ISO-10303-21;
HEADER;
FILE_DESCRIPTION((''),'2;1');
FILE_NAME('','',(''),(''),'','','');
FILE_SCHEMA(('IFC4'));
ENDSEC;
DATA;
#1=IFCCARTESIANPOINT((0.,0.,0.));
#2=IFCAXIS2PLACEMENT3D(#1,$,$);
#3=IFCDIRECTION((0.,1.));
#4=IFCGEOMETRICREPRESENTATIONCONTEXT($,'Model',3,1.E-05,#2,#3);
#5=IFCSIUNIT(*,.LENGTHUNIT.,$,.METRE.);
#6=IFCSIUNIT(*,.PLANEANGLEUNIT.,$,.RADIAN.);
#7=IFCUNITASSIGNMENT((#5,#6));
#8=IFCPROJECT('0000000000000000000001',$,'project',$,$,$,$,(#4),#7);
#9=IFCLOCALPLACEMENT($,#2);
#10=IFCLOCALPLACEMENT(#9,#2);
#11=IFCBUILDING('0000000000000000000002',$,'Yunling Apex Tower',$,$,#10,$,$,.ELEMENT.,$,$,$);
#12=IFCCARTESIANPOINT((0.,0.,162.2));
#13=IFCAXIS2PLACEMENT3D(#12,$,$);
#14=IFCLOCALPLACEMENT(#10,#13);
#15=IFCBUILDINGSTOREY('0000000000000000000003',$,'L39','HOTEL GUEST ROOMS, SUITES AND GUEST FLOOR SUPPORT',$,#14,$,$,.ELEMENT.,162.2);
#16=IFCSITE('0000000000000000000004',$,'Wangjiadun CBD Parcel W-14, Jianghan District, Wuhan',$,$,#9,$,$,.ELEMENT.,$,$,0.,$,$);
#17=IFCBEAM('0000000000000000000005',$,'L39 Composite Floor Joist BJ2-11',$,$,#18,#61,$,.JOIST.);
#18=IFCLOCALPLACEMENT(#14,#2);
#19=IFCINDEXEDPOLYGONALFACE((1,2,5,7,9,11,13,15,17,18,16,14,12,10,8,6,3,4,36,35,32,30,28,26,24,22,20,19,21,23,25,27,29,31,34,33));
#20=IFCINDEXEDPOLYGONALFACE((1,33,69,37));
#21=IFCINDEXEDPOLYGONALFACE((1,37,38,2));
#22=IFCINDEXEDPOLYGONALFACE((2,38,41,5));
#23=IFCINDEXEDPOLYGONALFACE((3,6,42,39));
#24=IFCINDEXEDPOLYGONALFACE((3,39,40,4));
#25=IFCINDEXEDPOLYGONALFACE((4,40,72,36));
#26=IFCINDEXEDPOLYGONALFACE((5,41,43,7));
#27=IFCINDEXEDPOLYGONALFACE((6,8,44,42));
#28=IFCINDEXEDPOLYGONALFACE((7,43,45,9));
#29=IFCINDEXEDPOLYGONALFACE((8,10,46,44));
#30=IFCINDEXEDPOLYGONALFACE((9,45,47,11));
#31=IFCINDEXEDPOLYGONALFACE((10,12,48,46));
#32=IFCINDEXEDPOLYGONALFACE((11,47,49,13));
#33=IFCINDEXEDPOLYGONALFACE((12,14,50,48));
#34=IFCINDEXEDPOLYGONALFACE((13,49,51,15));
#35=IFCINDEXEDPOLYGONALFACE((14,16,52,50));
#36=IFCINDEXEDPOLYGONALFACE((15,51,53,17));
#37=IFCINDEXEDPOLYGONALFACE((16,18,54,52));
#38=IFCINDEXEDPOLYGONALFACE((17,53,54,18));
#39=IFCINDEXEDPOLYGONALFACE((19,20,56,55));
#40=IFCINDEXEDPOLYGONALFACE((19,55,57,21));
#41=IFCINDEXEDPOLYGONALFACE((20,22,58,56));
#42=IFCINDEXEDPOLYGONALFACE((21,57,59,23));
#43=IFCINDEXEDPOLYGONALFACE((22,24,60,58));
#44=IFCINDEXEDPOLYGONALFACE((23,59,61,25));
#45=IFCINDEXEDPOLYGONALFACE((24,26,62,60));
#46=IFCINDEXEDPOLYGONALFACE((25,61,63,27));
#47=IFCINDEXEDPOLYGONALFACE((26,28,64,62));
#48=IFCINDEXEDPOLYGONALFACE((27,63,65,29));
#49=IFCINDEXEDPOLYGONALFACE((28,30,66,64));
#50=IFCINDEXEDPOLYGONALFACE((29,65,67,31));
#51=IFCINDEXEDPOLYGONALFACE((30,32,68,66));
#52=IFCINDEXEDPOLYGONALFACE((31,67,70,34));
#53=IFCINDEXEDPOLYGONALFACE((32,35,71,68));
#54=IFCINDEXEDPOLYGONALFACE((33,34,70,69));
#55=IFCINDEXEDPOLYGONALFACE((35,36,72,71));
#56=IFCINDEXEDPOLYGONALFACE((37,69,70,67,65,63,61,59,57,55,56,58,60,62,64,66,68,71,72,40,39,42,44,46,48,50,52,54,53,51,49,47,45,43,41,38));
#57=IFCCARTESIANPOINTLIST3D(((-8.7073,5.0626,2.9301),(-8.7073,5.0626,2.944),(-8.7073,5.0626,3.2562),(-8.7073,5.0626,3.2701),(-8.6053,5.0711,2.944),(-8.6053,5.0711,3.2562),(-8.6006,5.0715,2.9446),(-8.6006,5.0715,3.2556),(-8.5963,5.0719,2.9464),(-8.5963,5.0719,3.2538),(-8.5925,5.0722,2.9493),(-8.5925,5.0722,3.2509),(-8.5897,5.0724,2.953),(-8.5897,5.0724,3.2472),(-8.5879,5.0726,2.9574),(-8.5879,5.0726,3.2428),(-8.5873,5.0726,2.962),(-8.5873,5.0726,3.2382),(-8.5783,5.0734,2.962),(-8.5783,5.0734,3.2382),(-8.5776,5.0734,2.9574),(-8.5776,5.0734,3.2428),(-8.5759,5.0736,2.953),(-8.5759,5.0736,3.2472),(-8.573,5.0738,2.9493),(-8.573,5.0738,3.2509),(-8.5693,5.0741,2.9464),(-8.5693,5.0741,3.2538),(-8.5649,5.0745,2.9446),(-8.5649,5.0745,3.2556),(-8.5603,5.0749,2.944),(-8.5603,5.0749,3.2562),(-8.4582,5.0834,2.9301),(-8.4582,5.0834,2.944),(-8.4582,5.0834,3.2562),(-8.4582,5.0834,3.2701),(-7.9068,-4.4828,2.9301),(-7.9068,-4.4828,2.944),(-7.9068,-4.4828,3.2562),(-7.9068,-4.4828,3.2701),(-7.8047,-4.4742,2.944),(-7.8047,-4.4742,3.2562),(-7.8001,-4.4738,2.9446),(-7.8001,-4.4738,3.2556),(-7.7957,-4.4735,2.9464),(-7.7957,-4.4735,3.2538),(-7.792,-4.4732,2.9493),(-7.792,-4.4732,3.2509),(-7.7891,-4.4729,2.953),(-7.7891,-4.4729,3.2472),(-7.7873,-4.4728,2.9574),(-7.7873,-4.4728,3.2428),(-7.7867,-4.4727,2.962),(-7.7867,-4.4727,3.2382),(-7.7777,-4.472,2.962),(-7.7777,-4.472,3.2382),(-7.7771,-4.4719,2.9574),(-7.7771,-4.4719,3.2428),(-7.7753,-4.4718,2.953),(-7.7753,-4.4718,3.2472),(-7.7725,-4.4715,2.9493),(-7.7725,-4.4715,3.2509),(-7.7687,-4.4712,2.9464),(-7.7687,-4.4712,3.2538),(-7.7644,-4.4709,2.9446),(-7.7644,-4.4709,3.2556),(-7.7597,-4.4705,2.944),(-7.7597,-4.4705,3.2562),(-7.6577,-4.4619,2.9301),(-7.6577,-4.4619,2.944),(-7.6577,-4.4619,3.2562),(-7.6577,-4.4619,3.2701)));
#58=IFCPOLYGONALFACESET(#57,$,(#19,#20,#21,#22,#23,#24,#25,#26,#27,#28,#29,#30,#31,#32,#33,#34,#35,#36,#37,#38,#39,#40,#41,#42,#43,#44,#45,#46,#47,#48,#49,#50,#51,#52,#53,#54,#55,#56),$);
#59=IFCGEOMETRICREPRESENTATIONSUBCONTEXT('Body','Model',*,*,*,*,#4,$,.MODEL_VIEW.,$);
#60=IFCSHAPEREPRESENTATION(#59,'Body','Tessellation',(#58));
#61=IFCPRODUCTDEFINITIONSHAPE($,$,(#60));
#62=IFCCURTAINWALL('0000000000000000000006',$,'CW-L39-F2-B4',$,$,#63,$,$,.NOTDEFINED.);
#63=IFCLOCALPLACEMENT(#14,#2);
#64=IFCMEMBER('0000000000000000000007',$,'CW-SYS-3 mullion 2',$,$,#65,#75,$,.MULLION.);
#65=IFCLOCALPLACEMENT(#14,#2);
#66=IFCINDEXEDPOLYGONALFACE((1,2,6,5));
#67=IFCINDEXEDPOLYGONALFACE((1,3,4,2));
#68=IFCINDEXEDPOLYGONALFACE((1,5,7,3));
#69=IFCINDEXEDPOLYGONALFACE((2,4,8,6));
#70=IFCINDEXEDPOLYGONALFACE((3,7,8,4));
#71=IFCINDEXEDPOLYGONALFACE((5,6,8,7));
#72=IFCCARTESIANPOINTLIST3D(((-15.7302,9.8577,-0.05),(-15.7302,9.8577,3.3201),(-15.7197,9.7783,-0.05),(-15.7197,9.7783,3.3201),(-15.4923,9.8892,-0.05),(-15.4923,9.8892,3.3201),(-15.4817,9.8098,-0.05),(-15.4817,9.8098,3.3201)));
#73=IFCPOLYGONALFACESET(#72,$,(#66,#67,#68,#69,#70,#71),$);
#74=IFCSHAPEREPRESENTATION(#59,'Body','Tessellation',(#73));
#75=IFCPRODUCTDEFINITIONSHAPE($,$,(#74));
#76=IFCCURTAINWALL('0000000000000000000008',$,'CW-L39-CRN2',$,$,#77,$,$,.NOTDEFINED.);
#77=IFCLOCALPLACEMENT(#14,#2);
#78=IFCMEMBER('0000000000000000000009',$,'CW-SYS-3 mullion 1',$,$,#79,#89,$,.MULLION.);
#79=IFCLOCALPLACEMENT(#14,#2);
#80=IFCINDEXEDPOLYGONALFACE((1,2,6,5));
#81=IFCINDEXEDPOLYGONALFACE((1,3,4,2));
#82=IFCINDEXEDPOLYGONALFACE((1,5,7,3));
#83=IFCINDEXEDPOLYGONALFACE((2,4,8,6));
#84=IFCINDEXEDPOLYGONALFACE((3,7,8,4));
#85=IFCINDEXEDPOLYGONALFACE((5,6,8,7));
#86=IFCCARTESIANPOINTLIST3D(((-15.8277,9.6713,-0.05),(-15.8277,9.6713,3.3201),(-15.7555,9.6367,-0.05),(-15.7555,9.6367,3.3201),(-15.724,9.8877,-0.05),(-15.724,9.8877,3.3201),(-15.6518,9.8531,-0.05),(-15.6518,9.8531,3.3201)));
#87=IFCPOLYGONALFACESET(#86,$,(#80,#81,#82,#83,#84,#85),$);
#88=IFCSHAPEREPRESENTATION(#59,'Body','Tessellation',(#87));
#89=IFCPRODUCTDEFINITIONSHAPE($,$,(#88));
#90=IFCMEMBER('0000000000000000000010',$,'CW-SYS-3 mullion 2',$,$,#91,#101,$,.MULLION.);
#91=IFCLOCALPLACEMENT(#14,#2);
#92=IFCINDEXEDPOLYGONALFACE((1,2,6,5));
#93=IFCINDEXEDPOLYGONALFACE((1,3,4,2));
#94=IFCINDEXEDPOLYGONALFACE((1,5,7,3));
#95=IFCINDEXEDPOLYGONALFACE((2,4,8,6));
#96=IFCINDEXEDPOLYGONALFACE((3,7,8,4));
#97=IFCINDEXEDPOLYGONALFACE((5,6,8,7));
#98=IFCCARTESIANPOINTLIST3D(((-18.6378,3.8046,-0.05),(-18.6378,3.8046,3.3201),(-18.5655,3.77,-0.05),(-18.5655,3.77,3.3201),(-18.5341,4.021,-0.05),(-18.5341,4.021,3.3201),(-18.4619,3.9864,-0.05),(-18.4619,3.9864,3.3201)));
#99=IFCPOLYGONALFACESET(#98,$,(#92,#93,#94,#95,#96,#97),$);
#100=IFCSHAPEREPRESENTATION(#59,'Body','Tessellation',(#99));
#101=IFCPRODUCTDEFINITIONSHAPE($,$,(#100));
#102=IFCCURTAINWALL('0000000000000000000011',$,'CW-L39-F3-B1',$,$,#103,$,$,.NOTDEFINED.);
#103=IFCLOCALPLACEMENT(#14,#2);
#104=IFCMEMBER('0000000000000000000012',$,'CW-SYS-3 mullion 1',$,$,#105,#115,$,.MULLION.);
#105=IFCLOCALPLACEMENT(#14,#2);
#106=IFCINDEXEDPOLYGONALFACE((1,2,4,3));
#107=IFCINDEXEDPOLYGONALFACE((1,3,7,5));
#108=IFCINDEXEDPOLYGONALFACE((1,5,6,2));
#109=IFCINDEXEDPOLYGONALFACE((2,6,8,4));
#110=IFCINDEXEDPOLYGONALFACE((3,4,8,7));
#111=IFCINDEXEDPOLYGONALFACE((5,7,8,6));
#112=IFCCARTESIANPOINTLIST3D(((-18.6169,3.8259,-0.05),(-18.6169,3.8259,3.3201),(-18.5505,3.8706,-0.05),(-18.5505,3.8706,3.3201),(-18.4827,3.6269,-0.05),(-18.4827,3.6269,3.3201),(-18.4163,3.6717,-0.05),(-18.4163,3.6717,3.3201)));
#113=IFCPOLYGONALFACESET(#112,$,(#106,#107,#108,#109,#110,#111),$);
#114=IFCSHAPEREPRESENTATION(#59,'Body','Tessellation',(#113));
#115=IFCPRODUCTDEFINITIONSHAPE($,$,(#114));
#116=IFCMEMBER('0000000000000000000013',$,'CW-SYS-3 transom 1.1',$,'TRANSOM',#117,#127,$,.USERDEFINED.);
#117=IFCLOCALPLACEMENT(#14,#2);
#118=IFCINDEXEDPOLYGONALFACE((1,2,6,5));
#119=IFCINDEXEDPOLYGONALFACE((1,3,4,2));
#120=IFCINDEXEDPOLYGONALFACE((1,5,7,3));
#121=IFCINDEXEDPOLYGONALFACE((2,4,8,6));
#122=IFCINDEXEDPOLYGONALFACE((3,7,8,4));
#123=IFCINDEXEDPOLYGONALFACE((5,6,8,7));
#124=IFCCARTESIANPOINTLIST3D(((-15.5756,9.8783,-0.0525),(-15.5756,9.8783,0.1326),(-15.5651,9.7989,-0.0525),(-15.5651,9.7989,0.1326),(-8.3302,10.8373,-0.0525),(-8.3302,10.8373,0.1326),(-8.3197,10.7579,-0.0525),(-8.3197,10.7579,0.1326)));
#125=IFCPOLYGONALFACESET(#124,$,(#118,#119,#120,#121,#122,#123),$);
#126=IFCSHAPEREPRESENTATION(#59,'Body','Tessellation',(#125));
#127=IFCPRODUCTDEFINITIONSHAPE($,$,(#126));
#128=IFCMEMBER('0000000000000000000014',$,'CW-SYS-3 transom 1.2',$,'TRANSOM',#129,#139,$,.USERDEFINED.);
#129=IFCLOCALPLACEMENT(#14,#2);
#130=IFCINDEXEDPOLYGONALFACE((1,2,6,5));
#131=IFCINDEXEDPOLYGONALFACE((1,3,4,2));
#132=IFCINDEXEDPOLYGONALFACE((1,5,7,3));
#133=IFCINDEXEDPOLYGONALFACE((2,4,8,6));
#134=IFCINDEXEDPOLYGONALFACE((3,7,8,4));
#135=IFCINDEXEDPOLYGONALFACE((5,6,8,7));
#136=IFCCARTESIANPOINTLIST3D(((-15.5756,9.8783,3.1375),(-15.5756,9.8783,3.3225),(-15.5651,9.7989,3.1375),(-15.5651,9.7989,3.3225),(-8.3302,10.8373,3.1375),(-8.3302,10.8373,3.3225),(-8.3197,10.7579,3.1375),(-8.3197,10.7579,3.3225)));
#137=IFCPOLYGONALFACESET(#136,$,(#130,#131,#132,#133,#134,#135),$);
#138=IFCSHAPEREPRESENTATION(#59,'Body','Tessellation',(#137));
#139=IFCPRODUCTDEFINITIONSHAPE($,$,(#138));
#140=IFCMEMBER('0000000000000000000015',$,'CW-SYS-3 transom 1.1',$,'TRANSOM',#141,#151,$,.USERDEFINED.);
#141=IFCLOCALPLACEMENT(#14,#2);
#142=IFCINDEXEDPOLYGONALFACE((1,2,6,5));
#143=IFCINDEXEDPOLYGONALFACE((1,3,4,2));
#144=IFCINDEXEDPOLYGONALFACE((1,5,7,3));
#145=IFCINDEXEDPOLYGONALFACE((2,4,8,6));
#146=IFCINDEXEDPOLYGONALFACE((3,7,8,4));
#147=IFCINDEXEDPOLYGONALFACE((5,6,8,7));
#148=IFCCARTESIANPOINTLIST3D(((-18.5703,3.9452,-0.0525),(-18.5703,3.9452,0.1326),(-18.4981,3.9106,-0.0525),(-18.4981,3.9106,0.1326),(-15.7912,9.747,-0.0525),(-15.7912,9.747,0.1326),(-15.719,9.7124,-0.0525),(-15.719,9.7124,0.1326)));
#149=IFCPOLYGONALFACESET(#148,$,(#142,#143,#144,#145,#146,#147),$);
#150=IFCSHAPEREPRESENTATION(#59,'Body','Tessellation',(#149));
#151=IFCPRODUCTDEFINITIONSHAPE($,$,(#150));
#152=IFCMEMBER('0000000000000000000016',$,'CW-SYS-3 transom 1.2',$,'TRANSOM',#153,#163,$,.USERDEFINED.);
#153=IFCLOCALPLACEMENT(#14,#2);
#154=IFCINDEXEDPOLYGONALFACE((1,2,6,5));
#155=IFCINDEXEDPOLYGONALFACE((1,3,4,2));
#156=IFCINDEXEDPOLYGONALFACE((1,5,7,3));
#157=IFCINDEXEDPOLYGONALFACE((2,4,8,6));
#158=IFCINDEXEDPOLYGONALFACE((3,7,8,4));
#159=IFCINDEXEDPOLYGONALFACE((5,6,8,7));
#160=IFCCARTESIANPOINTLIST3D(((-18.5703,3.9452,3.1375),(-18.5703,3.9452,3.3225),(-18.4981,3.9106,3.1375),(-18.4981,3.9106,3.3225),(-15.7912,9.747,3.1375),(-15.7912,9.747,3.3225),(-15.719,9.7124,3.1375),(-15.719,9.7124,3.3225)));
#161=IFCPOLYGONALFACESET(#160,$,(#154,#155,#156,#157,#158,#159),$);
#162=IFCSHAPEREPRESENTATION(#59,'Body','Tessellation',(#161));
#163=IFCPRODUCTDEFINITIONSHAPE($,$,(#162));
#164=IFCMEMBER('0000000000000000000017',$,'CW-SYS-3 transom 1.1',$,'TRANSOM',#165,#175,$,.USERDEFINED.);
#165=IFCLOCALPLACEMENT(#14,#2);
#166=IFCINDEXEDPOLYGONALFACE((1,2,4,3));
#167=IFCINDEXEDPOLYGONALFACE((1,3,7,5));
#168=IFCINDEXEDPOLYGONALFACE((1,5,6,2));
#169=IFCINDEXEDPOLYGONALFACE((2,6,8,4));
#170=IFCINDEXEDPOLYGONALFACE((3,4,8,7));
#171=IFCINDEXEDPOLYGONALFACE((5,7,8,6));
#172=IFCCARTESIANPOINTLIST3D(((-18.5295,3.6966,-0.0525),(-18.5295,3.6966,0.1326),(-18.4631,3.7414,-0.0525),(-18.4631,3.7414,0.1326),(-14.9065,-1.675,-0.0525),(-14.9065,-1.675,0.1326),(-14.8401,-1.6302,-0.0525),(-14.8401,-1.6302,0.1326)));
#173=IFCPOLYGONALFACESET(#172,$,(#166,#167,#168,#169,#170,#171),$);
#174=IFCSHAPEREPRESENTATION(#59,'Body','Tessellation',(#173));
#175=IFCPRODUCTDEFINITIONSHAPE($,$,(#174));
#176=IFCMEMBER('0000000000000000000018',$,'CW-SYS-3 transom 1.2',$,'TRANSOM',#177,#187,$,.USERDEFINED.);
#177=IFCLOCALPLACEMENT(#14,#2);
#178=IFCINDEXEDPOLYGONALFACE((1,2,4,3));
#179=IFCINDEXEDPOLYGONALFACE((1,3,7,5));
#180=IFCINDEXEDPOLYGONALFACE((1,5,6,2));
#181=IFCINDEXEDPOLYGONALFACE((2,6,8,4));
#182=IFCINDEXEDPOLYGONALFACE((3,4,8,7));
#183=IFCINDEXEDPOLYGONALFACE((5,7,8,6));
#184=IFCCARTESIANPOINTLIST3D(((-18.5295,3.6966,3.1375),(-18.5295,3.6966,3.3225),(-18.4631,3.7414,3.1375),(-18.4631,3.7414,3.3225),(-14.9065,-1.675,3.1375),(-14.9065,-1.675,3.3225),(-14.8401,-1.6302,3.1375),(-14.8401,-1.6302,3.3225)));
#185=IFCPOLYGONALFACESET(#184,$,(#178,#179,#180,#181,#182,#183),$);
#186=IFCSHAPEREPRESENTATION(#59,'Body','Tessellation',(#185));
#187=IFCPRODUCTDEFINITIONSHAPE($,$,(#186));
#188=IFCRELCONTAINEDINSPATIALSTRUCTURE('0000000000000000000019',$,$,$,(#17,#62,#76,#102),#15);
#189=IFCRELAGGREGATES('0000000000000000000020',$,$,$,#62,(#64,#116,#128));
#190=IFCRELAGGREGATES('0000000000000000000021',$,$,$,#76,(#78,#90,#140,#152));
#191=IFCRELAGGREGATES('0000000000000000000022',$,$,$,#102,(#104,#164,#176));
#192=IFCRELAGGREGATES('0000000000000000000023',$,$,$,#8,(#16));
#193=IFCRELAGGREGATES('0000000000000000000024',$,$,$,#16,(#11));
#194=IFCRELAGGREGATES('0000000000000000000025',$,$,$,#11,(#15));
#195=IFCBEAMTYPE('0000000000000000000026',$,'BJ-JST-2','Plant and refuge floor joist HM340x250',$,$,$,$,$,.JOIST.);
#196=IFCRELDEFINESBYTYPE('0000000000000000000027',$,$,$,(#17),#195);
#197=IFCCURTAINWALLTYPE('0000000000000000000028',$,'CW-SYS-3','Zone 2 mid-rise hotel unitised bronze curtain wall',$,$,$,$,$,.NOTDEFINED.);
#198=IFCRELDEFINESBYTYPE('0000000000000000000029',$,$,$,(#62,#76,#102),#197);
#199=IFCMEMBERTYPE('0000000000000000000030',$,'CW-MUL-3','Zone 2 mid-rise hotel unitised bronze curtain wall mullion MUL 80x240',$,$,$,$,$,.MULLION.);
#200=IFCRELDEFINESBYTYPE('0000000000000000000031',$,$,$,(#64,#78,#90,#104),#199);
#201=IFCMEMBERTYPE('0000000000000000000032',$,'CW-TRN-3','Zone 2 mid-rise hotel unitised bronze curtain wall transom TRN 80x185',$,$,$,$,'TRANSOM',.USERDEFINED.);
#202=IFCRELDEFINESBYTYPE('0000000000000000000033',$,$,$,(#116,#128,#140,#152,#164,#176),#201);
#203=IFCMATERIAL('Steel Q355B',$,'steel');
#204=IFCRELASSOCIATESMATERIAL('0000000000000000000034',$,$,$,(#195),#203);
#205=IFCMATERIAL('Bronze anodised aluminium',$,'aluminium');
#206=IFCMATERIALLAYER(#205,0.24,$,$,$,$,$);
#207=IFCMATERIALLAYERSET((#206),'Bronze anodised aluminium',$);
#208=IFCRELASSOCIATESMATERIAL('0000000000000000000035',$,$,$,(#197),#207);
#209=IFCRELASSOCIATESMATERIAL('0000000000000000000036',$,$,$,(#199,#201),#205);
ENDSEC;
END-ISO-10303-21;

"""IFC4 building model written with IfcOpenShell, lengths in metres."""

from ifc_helpers import new_model, si_unit, direction, frame, origin, origin_2d, place, context, subcontext, project, spatial, rectangle, i_section, extrude, source, transform, mapped, material, layer, layer_set, material_profile, profile_set, type_object, element, aggregate, save


model = new_model("IFC4")

# Units and contexts
model_context = context("Model", 3, precision=1e-05, world=origin(), true_north=direction((0.0, 1.0)))
body_context = subcontext(model_context, "Body", "Model", "MODEL_VIEW")
ifc_project = project(units=[si_unit("LENGTHUNIT", "METRE"), si_unit("PLANEANGLEUNIT", "RADIAN")], contexts=[model_context])

# Site, building, storey
site_placement = place(None, origin())
site = spatial("IfcSite", under=ifc_project, at=site_placement, Name="Wangjiadun CBD Parcel W-14, Jianghan District, Wuhan", CompositionType="ELEMENT", RefElevation=0.0)
building_placement = place(site_placement, origin())
building = spatial("IfcBuilding", under=site, at=building_placement, Name="Yunling Apex Tower", CompositionType="ELEMENT")
storey_placement = place(building_placement, frame((0.0, 0.0, 162.2)))
storey = spatial("IfcBuildingStorey", under=building, at=storey_placement, Name="L39", Description="HOTEL GUEST ROOMS, SUITES AND GUEST FLOOR SUPPORT", CompositionType="ELEMENT", Elevation=162.2)

# Beam
ifc_material_1 = material(Name="Steel Q355B", Category="steel")
ifc_material_profile_1 = material_profile(ifc_material_1, i_section(OverallWidth=0.25, OverallDepth=0.3401, WebThickness=0.009, FlangeThickness=0.0139, FilletRadius=0.0181, at=origin_2d()))
ifc_profile_set_1 = profile_set([ifc_material_profile_1], Name="Steel Q355B")
beam_type_1 = type_object("IfcBeamType", Name="BJ-JST-2", Description="Plant and refuge floor joist HM340x250", PredefinedType="JOIST", material=ifc_profile_set_1)
shared_shape_1 = source(origin(), body_context, "Body", "SweptSolid", [
    extrude(i_section(OverallWidth=0.25, OverallDepth=0.3401, WebThickness=0.009, FlangeThickness=0.0139, FilletRadius=0.0181, at=origin_2d()), origin(), (0.0, 0.0, 1.0), 9.5789),
])
beam_1_placement = place(storey_placement, frame((-8.5828, 5.073, 3.1001), z_axis=(0.083573, -0.996502, 0.0), x_axis=(0.996502, 0.083573, 0.0)))
element("IfcBeam", 1, at=beam_1_placement, inside=storey, type_object=beam_type_1, Name="L39 Composite Floor Joist BJ2-11", PredefinedType="JOIST", context=body_context, shape_type="MappedRepresentation", body=[
    mapped(shared_shape_1, transform((0.0, 0.0, 0.0), scale=1.0)),
])

# Curtain wall, member
ifc_material_2 = material(Name="Bronze anodised aluminium", Category="aluminium")
ifc_layer_1 = layer(ifc_material_2, 0.24)
ifc_layer_set_1 = layer_set([ifc_layer_1], Name="Bronze anodised aluminium")
curtain_wall_type = type_object("IfcCurtainWallType", Name="CW-SYS-3", Description="Zone 2 mid-rise hotel unitised bronze curtain wall", PredefinedType="NOTDEFINED", material=ifc_layer_set_1)
curtain_wall_1_placement = place(storey_placement, origin())
curtain_wall_1 = element("IfcCurtainWall", 2, at=curtain_wall_1_placement, inside=storey, type_object=curtain_wall_type, Name="CW-L39-F2-B4", PredefinedType="NOTDEFINED")
ifc_material_profile_2 = material_profile(ifc_material_2, rectangle(XDim=0.0801, YDim=0.24, at=origin_2d()))
ifc_profile_set_2 = profile_set([ifc_material_profile_2], Name="Bronze anodised aluminium")
member_type_1 = type_object("IfcMemberType", Name="CW-MUL-3", Description="Zone 2 mid-rise hotel unitised bronze curtain wall mullion MUL 80x240", PredefinedType="MULLION", material=ifc_profile_set_2)
shared_shape_2 = source(origin(), body_context, "Body", "SweptSolid", [
    extrude(rectangle(XDim=0.0801, YDim=0.24, at=origin_2d()), origin(), (0.0, 0.0, 1.0), 3.3701),
])
member_1_placement = place(storey_placement, frame((-15.606, 9.8337, -0.05), z_axis=(0.0, 0.0, 1.0), x_axis=(0.131222, -0.991353, 0.0)))
member_1 = element("IfcMember", 3, at=member_1_placement, type_object=member_type_1, Name="CW-SYS-3 mullion 2", PredefinedType="MULLION", context=body_context, shape_type="MappedRepresentation", body=[
    mapped(shared_shape_2, transform((0.0, 0.0, 0.0), scale=1.0)),
])

# Curtain wall, members
curtain_wall_2_placement = place(storey_placement, origin())
curtain_wall_2 = element("IfcCurtainWall", 4, at=curtain_wall_2_placement, inside=storey, type_object=curtain_wall_type, Name="CW-L39-CRN2", PredefinedType="NOTDEFINED")
member_2_placement = place(storey_placement, frame((-15.7397, 9.7622, -0.05), z_axis=(0.0, 0.0, 1.0), x_axis=(0.901877, -0.431994, 0.0)))
member_2 = element("IfcMember", 5, at=member_2_placement, type_object=member_type_1, Name="CW-SYS-3 mullion 1", PredefinedType="MULLION", context=body_context, shape_type="MappedRepresentation", body=[
    mapped(shared_shape_2, transform((0.0, 0.0, 0.0), scale=1.0)),
])
member_3_placement = place(storey_placement, frame((-18.5498, 3.8955, -0.05), z_axis=(0.0, 0.0, 1.0), x_axis=(0.901877, -0.431994, 0.0)))
member_3 = element("IfcMember", 6, at=member_3_placement, type_object=member_type_1, Name="CW-SYS-3 mullion 2", PredefinedType="MULLION", context=body_context, shape_type="MappedRepresentation", body=[
    mapped(shared_shape_2, transform((0.0, 0.0, 0.0), scale=1.0)),
])

# Curtain wall, member
curtain_wall_3_placement = place(storey_placement, origin())
curtain_wall_3 = element("IfcCurtainWall", 7, at=curtain_wall_3_placement, inside=storey, type_object=curtain_wall_type, Name="CW-L39-F3-B1", PredefinedType="NOTDEFINED")
member_4_placement = place(storey_placement, frame((-18.5166, 3.7488, -0.05), z_axis=(0.0, 0.0, 1.0), x_axis=(0.829045, 0.559181, 0.0)))
member_4 = element("IfcMember", 8, at=member_4_placement, type_object=member_type_1, Name="CW-SYS-3 mullion 1", PredefinedType="MULLION", context=body_context, shape_type="MappedRepresentation", body=[
    mapped(shared_shape_2, transform((0.0, 0.0, 0.0), scale=1.0)),
])

# Members
ifc_material_profile_3 = material_profile(ifc_material_2, rectangle(XDim=0.0801, YDim=0.1851, at=origin_2d()))
ifc_profile_set_3 = profile_set([ifc_material_profile_3], Name="Bronze anodised aluminium")
member_type_2 = type_object("IfcMemberType", Name="CW-TRN-3", Description="Zone 2 mid-rise hotel unitised bronze curtain wall transom TRN 80x185", ElementType="TRANSOM", PredefinedType="USERDEFINED", material=ifc_profile_set_3)
shared_shape_3 = source(origin(), body_context, "Body", "SweptSolid", [
    extrude(rectangle(XDim=0.0801, YDim=0.1851, at=origin_2d()), origin(), (0.0, 0.0, 1.0), 7.3086),
])
member_5_placement = place(storey_placement, frame((-8.325, 10.7976, 0.04), z_axis=(-0.991354, -0.131214, 0.0), x_axis=(0.131214, -0.991354, 0.0)))
member_5 = element("IfcMember", 9, at=member_5_placement, type_object=member_type_2, Name="CW-SYS-3 transom 1.1", ObjectType="TRANSOM", PredefinedType="USERDEFINED", context=body_context, shape_type="MappedRepresentation", body=[
    mapped(shared_shape_3, transform((0.0, 0.0, 0.0), scale=1.0)),
])
member_6_placement = place(storey_placement, frame((-8.325, 10.7976, 3.23), z_axis=(-0.991354, -0.131214, 0.0), x_axis=(0.131214, -0.991354, 0.0)))
member_6 = element("IfcMember", 10, at=member_6_placement, type_object=member_type_2, Name="CW-SYS-3 transom 1.2", ObjectType="TRANSOM", PredefinedType="USERDEFINED", context=body_context, shape_type="MappedRepresentation", body=[
    mapped(shared_shape_3, transform((0.0, 0.0, 0.0), scale=1.0)),
])
shared_shape_4 = source(origin(), body_context, "Body", "SweptSolid", [
    extrude(rectangle(XDim=0.0801, YDim=0.1851, at=origin_2d()), origin(), (0.0, 0.0, 1.0), 6.4331),
])
member_7_placement = place(storey_placement, frame((-15.7551, 9.7297, 0.04), z_axis=(-0.431999, -0.901874, 0.0), x_axis=(0.901874, -0.431999, 0.0)))
member_7 = element("IfcMember", 11, at=member_7_placement, type_object=member_type_2, Name="CW-SYS-3 transom 1.1", ObjectType="TRANSOM", PredefinedType="USERDEFINED", context=body_context, shape_type="MappedRepresentation", body=[
    mapped(shared_shape_4, transform((0.0, 0.0, 0.0), scale=1.0)),
])
member_8_placement = place(storey_placement, frame((-15.7551, 9.7297, 3.23), z_axis=(-0.431999, -0.901874, 0.0), x_axis=(0.901874, -0.431999, 0.0)))
member_8 = element("IfcMember", 12, at=member_8_placement, type_object=member_type_2, Name="CW-SYS-3 transom 1.2", ObjectType="TRANSOM", PredefinedType="USERDEFINED", context=body_context, shape_type="MappedRepresentation", body=[
    mapped(shared_shape_4, transform((0.0, 0.0, 0.0), scale=1.0)),
])
shared_shape_5 = source(origin(), body_context, "Body", "SweptSolid", [
    extrude(rectangle(XDim=0.0801, YDim=0.1851, at=origin_2d()), origin(), (0.0, 0.0, 1.0), 6.4792),
])
member_9_placement = place(storey_placement, frame((-18.4963, 3.719, 0.04), z_axis=(0.559179, -0.829047, 0.0), x_axis=(0.829047, 0.559179, 0.0)))
member_9 = element("IfcMember", 13, at=member_9_placement, type_object=member_type_2, Name="CW-SYS-3 transom 1.1", ObjectType="TRANSOM", PredefinedType="USERDEFINED", context=body_context, shape_type="MappedRepresentation", body=[
    mapped(shared_shape_5, transform((0.0, 0.0, 0.0), scale=1.0)),
])
member_10_placement = place(storey_placement, frame((-18.4963, 3.719, 3.23), z_axis=(0.559179, -0.829047, 0.0), x_axis=(0.829047, 0.559179, 0.0)))
member_10 = element("IfcMember", 14, at=member_10_placement, type_object=member_type_2, Name="CW-SYS-3 transom 1.2", ObjectType="TRANSOM", PredefinedType="USERDEFINED", context=body_context, shape_type="MappedRepresentation", body=[
    mapped(shared_shape_5, transform((0.0, 0.0, 0.0), scale=1.0)),
])

aggregate(curtain_wall_1, [member_1, member_5, member_6])
aggregate(curtain_wall_2, [member_2, member_3, member_7, member_8])
aggregate(curtain_wall_3, [member_4, member_9, member_10])

save(model, "model.ifc")
